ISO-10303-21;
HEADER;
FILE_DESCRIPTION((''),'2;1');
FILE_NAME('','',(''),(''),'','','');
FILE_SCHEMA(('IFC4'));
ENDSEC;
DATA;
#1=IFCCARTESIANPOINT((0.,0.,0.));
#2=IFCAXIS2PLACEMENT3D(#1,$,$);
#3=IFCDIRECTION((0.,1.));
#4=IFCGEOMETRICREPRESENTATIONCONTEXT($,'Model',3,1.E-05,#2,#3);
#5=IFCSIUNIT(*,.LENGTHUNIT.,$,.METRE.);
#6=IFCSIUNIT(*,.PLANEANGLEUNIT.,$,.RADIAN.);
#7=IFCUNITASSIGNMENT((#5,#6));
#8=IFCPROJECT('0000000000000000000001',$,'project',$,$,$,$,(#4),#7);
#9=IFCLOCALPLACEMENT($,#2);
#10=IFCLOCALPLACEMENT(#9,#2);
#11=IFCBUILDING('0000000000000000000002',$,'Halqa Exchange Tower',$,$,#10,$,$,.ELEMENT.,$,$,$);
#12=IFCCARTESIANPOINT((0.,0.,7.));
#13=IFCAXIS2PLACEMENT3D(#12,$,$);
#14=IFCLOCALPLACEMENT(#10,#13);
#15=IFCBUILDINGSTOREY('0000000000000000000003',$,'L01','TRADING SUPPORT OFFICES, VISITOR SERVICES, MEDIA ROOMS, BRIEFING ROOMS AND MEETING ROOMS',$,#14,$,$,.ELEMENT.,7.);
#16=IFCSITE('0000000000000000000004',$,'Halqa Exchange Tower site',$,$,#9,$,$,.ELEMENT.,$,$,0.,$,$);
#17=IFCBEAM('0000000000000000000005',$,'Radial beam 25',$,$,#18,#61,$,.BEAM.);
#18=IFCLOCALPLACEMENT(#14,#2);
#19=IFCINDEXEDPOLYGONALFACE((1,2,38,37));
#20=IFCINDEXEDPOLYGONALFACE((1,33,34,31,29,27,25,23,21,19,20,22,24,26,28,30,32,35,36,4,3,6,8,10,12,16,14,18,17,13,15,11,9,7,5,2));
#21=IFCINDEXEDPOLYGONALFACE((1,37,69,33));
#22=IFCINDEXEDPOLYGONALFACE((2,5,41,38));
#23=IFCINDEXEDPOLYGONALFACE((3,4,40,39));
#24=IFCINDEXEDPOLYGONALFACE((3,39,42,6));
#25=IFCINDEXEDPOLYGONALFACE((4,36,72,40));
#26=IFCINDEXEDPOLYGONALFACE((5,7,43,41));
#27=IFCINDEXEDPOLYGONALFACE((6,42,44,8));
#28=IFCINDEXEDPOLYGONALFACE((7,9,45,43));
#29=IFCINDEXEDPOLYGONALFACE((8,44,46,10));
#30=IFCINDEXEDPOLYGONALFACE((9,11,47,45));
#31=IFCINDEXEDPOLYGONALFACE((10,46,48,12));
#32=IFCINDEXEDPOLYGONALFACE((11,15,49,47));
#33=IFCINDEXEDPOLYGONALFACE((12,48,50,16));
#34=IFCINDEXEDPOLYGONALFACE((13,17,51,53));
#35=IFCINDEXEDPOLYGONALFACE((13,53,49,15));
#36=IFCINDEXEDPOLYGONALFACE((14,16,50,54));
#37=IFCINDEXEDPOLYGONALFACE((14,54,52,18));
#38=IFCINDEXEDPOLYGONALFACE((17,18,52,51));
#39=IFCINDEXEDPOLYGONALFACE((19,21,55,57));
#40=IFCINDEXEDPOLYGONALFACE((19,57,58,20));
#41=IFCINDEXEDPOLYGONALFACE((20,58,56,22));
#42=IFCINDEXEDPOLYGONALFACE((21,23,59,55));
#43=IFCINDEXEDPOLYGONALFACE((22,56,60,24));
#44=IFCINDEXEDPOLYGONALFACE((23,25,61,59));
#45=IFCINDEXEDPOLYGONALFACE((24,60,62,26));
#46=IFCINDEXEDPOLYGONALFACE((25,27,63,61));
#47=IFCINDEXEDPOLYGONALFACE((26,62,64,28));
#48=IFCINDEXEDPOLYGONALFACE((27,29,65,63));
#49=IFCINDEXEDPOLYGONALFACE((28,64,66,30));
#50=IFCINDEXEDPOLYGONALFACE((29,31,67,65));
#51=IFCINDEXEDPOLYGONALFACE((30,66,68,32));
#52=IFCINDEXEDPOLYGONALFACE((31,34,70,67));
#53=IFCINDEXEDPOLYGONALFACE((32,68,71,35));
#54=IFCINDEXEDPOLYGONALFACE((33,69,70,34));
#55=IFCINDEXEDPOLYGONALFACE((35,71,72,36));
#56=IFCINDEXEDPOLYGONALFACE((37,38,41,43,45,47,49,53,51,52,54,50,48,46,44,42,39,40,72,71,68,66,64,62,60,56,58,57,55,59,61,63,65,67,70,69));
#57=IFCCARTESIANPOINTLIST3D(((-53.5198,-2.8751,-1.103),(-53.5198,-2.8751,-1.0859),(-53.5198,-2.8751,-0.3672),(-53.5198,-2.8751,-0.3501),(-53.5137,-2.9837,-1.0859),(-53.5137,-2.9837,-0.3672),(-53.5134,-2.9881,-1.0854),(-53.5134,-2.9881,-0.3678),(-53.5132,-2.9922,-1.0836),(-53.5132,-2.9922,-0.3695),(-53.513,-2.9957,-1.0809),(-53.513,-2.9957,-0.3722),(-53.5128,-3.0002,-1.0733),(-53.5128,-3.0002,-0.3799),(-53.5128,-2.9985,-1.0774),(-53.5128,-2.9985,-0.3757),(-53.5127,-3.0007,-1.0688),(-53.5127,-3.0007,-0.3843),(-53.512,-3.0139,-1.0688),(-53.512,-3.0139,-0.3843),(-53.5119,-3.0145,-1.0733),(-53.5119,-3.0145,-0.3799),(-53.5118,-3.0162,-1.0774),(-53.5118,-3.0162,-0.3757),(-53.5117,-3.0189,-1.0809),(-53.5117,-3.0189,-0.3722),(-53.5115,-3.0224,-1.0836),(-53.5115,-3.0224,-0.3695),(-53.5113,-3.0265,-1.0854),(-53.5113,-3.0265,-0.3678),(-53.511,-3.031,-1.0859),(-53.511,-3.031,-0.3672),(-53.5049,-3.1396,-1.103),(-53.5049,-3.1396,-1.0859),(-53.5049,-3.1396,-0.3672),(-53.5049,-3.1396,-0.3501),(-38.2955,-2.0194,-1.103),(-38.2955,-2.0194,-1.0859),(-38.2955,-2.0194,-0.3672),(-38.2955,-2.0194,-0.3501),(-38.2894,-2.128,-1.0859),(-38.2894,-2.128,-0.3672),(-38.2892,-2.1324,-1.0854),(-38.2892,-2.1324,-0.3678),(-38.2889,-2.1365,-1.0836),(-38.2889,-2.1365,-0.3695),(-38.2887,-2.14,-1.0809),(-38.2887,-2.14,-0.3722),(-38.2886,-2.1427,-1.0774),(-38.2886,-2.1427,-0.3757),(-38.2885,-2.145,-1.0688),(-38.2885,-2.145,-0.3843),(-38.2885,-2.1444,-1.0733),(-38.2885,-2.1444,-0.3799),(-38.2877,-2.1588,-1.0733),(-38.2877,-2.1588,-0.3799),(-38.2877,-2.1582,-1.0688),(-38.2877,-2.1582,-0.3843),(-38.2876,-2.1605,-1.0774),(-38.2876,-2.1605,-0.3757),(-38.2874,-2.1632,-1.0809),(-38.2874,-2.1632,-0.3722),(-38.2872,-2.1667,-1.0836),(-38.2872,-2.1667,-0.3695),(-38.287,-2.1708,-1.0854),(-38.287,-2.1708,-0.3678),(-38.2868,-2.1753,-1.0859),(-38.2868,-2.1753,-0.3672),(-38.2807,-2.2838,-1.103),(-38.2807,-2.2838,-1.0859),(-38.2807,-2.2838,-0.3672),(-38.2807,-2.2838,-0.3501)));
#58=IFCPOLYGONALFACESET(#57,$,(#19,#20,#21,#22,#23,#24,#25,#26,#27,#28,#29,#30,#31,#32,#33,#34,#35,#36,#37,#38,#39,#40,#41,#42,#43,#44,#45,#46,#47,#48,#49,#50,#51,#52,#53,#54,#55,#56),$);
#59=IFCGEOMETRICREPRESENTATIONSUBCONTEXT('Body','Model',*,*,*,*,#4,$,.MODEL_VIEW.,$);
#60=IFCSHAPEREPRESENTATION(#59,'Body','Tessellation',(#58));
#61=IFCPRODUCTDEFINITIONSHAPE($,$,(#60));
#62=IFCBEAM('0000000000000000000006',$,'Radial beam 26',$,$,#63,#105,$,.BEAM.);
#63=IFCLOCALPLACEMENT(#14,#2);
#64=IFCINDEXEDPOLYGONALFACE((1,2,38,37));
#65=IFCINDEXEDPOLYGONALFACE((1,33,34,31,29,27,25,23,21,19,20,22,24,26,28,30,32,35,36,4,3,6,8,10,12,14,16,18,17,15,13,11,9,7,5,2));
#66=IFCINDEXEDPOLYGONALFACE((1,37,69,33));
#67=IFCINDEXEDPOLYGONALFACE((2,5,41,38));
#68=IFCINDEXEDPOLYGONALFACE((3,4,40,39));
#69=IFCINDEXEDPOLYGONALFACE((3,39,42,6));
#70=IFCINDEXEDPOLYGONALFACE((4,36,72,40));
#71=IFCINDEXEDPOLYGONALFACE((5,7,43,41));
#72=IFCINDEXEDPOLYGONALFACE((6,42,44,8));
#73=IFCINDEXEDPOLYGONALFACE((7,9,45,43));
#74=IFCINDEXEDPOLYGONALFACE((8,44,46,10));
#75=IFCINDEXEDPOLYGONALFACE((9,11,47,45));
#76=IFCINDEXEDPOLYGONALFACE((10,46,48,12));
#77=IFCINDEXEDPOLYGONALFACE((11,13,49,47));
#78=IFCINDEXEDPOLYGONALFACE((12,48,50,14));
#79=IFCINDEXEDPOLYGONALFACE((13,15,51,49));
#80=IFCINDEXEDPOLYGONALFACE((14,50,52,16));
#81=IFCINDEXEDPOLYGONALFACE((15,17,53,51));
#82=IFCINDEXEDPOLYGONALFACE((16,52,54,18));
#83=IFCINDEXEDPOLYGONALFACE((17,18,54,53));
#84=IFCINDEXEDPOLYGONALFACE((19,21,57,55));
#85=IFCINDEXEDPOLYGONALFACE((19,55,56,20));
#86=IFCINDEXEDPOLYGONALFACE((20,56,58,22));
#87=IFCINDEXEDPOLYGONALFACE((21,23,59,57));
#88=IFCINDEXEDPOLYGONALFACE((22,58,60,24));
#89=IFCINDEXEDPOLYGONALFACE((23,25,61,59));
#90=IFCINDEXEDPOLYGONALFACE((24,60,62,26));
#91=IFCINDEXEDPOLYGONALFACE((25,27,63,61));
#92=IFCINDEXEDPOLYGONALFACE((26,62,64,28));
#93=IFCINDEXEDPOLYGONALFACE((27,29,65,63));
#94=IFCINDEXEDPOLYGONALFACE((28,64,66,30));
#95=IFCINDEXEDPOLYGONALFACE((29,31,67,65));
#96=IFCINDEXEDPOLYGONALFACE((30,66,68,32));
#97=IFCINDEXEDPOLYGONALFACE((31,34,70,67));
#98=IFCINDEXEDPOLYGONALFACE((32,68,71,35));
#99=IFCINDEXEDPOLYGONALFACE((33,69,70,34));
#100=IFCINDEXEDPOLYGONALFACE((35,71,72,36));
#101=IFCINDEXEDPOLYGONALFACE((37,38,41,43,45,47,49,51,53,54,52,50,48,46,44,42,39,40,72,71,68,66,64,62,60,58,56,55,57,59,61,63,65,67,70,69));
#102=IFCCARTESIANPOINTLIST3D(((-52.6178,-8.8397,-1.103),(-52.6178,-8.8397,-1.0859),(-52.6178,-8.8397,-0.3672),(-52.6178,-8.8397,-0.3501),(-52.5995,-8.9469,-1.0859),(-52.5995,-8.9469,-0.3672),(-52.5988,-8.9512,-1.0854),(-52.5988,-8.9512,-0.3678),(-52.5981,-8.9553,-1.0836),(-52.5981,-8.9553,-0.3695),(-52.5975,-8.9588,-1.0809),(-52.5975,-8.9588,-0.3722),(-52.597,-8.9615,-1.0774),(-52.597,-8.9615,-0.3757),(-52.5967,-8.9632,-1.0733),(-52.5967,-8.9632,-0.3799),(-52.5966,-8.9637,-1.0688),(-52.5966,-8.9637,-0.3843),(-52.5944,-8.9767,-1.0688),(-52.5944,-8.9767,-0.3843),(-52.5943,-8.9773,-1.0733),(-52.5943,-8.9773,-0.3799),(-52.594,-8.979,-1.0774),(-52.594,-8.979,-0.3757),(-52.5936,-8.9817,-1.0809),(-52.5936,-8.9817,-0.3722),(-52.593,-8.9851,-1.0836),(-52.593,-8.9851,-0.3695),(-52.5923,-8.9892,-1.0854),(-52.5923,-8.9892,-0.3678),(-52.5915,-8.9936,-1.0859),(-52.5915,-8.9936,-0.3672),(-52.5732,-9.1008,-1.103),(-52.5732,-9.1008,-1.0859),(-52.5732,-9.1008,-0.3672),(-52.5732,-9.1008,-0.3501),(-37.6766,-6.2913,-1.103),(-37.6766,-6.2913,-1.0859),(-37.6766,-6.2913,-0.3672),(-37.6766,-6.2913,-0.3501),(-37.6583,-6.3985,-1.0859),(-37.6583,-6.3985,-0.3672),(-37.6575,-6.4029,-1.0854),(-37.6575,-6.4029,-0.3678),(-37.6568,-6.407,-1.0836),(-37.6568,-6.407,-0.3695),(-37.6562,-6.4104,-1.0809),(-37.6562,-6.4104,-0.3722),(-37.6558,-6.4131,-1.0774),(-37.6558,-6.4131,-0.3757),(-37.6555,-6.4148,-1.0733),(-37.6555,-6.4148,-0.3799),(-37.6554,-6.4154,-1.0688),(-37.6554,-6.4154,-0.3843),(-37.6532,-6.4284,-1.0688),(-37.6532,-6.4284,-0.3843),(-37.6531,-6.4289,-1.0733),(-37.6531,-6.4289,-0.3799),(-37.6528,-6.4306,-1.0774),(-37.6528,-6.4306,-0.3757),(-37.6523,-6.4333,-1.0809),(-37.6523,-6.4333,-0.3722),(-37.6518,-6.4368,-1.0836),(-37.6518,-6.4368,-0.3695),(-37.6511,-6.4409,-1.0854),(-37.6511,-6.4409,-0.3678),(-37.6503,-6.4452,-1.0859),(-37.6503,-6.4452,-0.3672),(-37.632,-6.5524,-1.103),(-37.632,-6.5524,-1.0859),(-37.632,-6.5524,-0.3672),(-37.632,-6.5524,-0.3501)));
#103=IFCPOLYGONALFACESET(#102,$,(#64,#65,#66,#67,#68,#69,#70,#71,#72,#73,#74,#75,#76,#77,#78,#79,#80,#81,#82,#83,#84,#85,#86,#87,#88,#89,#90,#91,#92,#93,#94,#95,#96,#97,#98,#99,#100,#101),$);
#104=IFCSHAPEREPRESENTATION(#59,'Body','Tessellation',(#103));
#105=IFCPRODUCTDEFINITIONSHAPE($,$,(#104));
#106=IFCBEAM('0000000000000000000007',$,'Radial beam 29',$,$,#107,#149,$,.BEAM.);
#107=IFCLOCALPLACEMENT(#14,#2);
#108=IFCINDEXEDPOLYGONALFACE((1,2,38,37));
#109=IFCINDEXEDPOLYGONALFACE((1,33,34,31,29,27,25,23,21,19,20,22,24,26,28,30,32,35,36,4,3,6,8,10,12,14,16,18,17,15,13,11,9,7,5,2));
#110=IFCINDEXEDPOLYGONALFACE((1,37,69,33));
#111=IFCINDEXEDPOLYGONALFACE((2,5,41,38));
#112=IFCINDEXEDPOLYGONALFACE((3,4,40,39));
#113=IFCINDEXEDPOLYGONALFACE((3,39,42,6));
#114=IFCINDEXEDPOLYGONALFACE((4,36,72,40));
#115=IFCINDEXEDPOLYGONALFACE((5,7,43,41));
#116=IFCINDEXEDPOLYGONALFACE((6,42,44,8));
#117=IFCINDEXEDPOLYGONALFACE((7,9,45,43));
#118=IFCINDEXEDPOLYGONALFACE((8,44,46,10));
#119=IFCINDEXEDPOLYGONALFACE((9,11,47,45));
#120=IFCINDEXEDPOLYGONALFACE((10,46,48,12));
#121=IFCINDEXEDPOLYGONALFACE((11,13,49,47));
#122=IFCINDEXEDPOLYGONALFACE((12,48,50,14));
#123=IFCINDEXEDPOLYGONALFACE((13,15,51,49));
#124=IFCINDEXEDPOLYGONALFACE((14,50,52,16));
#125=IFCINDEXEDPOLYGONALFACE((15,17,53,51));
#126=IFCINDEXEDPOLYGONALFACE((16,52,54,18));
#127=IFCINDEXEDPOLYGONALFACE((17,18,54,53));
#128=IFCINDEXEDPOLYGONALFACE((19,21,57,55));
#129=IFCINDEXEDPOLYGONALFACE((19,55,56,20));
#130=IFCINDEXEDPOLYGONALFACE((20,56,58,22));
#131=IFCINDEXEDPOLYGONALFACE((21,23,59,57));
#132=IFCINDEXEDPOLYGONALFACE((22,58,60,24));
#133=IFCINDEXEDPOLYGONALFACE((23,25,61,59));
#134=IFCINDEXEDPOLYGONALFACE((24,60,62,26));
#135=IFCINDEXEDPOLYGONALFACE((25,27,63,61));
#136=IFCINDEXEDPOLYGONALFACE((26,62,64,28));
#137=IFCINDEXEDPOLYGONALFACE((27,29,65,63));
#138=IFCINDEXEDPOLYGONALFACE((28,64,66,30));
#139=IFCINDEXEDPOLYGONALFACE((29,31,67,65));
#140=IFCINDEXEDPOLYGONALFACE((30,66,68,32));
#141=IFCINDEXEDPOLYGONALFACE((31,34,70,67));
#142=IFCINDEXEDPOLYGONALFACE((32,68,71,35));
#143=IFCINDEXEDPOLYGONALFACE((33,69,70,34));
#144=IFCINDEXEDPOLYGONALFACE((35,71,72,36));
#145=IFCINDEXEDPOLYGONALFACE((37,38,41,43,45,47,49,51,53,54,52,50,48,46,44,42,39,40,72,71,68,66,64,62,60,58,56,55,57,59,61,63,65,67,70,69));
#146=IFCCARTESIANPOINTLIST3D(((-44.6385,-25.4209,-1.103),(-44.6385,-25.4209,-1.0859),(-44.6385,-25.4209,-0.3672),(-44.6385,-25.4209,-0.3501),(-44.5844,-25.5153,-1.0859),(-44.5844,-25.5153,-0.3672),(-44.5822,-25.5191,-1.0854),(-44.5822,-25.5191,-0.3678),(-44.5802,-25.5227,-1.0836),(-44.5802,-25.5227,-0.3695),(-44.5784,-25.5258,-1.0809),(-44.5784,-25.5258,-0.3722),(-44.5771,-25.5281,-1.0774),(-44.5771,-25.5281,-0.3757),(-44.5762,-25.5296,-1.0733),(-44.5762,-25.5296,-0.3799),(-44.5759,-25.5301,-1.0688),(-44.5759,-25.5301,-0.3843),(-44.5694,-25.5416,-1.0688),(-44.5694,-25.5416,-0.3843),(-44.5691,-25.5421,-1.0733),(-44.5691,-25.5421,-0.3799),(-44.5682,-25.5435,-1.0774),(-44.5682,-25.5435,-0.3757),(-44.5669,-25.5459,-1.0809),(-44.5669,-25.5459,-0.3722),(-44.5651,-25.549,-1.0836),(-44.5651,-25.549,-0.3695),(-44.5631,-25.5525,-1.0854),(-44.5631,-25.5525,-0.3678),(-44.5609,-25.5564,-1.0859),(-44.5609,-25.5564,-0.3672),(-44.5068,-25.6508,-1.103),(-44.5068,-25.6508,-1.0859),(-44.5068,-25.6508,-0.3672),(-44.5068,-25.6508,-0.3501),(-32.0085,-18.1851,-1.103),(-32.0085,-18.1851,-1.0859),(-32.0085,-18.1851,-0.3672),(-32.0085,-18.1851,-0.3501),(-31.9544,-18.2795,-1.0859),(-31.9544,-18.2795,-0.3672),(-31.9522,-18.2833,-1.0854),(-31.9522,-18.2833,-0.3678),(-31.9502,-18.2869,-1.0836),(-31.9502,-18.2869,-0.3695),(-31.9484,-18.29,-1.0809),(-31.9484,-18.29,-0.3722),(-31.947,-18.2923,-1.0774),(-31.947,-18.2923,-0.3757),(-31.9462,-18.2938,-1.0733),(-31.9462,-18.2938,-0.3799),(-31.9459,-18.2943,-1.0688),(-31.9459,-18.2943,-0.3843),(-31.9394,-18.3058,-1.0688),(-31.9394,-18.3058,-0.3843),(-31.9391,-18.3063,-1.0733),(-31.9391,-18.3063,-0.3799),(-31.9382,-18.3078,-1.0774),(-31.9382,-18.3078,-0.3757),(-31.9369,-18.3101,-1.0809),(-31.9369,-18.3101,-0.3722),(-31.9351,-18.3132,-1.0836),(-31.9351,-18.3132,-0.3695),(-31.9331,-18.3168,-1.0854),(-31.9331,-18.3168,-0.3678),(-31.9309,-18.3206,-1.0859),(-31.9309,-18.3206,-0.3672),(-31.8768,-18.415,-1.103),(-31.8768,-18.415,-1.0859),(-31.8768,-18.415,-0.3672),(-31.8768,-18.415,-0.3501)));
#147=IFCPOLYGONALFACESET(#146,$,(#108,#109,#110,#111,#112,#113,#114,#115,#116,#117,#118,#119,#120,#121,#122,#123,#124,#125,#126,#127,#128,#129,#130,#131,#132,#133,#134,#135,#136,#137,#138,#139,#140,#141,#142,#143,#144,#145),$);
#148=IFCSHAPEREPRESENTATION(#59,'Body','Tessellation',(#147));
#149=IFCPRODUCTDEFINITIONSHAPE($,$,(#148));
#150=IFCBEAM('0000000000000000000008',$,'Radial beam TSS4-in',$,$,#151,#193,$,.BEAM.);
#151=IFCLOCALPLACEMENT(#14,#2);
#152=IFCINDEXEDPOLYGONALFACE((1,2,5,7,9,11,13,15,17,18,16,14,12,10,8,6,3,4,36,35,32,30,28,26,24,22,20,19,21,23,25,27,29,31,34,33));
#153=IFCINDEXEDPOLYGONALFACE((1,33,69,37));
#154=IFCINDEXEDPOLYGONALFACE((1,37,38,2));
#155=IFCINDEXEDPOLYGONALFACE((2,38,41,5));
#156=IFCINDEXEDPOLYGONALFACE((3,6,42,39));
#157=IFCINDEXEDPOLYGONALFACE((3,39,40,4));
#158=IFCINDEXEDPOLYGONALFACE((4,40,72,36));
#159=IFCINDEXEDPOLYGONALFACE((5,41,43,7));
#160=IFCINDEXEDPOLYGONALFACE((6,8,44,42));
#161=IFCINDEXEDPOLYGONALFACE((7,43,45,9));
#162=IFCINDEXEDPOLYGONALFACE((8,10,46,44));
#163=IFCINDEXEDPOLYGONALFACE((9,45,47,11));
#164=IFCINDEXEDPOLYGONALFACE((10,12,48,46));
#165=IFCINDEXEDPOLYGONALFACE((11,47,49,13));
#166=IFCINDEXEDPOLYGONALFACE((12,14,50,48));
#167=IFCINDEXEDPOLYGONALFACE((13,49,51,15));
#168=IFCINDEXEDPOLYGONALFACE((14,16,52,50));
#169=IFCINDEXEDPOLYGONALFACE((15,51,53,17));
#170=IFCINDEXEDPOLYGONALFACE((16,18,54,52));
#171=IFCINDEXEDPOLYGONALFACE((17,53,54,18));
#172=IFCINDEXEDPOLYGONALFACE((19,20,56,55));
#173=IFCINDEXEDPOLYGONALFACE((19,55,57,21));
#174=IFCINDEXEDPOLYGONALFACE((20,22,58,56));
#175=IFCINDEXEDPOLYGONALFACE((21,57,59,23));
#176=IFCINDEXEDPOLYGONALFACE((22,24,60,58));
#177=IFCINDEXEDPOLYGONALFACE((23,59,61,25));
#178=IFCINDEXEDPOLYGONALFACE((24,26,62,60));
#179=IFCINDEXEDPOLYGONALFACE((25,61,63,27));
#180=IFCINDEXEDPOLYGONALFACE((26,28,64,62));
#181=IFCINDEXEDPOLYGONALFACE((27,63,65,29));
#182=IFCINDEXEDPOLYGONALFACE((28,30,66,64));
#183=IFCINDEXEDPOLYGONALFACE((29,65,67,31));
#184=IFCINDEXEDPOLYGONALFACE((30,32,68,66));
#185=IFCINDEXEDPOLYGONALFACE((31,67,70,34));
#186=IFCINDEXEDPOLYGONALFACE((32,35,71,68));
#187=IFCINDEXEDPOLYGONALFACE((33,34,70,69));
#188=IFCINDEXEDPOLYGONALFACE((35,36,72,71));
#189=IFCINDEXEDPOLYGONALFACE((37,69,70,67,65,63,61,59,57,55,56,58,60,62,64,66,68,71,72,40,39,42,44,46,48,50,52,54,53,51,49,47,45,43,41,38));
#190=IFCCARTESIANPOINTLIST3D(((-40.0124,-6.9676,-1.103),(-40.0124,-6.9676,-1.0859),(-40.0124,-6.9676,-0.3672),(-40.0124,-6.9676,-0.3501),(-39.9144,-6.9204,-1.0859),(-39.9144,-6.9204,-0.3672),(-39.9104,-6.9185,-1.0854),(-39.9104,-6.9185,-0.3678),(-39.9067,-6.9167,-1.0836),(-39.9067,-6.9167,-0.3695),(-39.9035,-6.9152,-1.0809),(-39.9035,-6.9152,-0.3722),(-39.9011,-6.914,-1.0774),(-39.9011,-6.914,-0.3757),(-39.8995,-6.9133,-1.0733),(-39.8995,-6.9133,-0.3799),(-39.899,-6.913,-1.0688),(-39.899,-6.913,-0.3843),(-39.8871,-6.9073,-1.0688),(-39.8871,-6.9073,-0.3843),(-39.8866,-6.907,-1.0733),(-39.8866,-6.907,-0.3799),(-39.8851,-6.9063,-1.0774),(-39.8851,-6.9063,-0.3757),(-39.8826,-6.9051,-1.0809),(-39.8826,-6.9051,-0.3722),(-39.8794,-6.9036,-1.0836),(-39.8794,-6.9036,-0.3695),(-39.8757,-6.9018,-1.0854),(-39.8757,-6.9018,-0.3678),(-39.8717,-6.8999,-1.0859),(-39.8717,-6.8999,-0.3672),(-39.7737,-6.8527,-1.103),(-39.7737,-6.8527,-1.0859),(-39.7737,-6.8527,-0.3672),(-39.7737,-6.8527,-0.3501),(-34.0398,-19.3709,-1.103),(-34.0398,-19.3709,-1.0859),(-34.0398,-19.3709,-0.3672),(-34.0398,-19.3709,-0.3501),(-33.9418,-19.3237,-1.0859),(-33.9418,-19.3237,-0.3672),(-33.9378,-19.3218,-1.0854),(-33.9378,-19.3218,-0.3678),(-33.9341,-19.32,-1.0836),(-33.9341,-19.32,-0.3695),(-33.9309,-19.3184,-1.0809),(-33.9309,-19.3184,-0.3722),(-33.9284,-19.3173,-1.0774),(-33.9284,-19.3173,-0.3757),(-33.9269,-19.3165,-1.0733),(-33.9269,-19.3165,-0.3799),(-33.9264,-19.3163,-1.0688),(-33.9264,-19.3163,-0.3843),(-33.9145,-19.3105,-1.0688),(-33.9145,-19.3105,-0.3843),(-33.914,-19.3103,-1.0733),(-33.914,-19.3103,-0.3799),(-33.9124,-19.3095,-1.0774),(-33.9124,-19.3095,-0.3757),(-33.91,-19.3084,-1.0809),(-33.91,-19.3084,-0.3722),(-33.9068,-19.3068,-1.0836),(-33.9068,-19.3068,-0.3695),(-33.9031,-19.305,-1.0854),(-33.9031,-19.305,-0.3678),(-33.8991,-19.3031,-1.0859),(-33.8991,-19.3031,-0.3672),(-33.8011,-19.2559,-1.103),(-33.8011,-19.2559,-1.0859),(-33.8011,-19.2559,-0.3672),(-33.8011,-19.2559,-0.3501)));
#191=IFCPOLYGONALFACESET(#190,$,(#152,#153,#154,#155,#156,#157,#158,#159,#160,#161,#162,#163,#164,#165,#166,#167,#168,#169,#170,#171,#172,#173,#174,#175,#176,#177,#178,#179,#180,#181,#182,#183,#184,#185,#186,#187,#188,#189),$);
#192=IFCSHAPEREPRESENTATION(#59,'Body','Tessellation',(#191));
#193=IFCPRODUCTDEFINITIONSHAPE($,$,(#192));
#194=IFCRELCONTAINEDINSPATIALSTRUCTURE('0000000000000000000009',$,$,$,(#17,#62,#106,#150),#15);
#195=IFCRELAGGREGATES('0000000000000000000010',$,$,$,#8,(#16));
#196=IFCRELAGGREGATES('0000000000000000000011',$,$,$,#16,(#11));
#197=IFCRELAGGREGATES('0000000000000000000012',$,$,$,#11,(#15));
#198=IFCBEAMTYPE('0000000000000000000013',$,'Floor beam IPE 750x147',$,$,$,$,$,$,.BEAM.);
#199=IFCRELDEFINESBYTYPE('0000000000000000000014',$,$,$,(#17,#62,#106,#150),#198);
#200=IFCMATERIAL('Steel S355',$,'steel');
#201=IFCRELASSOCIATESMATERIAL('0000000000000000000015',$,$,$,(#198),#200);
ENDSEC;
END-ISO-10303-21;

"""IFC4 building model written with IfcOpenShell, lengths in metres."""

from ifc_helpers import new_model, si_unit, direction, frame, origin, origin_2d, place, context, subcontext, project, spatial, i_section, extrude, material, material_profile, profile_set, type_object, element, save


model = new_model("IFC4")

# Units and contexts
model_context = context("Model", 3, precision=1e-05, world=origin(), true_north=direction((0.0, 1.0)))
body_context = subcontext(model_context, "Body", "Model", "MODEL_VIEW")
ifc_project = project(units=[si_unit("LENGTHUNIT", "METRE"), si_unit("PLANEANGLEUNIT", "RADIAN")], contexts=[model_context])

# Site, building, storey
site_placement = place(None, origin())
site = spatial("IfcSite", under=ifc_project, at=site_placement, Name="Halqa Exchange Tower site", CompositionType="ELEMENT", RefElevation=0.0)
building_placement = place(site_placement, origin())
building = spatial("IfcBuilding", under=site, at=building_placement, Name="Halqa Exchange Tower", CompositionType="ELEMENT")
storey_placement = place(building_placement, frame((0.0, 0.0, 7.0)))
storey = spatial("IfcBuildingStorey", under=building, at=storey_placement, Name="L01", Description="TRADING SUPPORT OFFICES, VISITOR SERVICES, MEDIA ROOMS, BRIEFING ROOMS AND MEETING ROOMS", CompositionType="ELEMENT", Elevation=7.0)

# Beams
ifc_material_1 = material(Name="Steel S355", Category="steel")
ifc_material_profile_1 = material_profile(ifc_material_1, i_section(OverallWidth=0.2649, OverallDepth=0.7529, WebThickness=0.0132, FlangeThickness=0.0171, FilletRadius=0.0171, at=origin_2d()), Name="IPE 750x147")
ifc_profile_set_1 = profile_set([ifc_material_profile_1], Name="Steel S355")
beam_type_1 = type_object("IfcBeamType", Name="Floor beam IPE 750x147", PredefinedType="BEAM", material=ifc_profile_set_1)
beam_1_placement = place(storey_placement, frame((-38.2881, -2.1516, -0.7266), z_axis=(-0.998424, -0.056118, 0.0), x_axis=(0.056118, -0.998424, 0.0)))
element("IfcBeam", 1, at=beam_1_placement, inside=storey, type_object=beam_type_1, Name="Radial beam 25", PredefinedType="BEAM", context=body_context, shape_type="SweptSolid", body=[
    extrude(i_section(OverallWidth=0.2649, OverallDepth=0.7529, WebThickness=0.0132, FlangeThickness=0.0171, FilletRadius=0.0171, at=origin_2d()), origin(), (0.0, 0.0, 1.0), 15.2483),
])
beam_2_placement = place(storey_placement, frame((-37.6543, -6.4219, -0.7266), z_axis=(-0.985765, -0.16813, 0.0), x_axis=(0.16813, -0.985765, 0.0)))
element("IfcBeam", 2, at=beam_2_placement, inside=storey, type_object=beam_type_1, Name="Radial beam 26", PredefinedType="BEAM", context=body_context, shape_type="SweptSolid", body=[
    extrude(i_section(OverallWidth=0.2649, OverallDepth=0.7529, WebThickness=0.0132, FlangeThickness=0.0171, FilletRadius=0.0171, at=origin_2d()), origin(), (0.0, 0.0, 1.0), 15.157),
])
beam_3_placement = place(storey_placement, frame((-31.9426, -18.3, -0.7266), z_axis=(-0.867691, -0.497103, 0.0), x_axis=(0.497103, -0.867691, 0.0)))
element("IfcBeam", 3, at=beam_3_placement, inside=storey, type_object=beam_type_1, Name="Radial beam 29", PredefinedType="BEAM", context=body_context, shape_type="SweptSolid", body=[
    extrude(i_section(OverallWidth=0.2649, OverallDepth=0.7529, WebThickness=0.0132, FlangeThickness=0.0171, FilletRadius=0.0171, at=origin_2d()), origin(), (0.0, 0.0, 1.0), 14.5559),
])
beam_4_placement = place(storey_placement, frame((-39.8931, -6.9102, -0.7266), z_axis=(0.433856, -0.900982, 0.0), x_axis=(0.900982, 0.433856, 0.0)))
element("IfcBeam", 4, at=beam_4_placement, inside=storey, type_object=beam_type_1, Name="Radial beam TSS4-in", PredefinedType="BEAM", context=body_context, shape_type="SweptSolid", body=[
    extrude(i_section(OverallWidth=0.2649, OverallDepth=0.7529, WebThickness=0.0132, FlangeThickness=0.0171, FilletRadius=0.0171, at=origin_2d()), origin(), (0.0, 0.0, 1.0), 13.7664),
])

save(model, "model.ifc")
